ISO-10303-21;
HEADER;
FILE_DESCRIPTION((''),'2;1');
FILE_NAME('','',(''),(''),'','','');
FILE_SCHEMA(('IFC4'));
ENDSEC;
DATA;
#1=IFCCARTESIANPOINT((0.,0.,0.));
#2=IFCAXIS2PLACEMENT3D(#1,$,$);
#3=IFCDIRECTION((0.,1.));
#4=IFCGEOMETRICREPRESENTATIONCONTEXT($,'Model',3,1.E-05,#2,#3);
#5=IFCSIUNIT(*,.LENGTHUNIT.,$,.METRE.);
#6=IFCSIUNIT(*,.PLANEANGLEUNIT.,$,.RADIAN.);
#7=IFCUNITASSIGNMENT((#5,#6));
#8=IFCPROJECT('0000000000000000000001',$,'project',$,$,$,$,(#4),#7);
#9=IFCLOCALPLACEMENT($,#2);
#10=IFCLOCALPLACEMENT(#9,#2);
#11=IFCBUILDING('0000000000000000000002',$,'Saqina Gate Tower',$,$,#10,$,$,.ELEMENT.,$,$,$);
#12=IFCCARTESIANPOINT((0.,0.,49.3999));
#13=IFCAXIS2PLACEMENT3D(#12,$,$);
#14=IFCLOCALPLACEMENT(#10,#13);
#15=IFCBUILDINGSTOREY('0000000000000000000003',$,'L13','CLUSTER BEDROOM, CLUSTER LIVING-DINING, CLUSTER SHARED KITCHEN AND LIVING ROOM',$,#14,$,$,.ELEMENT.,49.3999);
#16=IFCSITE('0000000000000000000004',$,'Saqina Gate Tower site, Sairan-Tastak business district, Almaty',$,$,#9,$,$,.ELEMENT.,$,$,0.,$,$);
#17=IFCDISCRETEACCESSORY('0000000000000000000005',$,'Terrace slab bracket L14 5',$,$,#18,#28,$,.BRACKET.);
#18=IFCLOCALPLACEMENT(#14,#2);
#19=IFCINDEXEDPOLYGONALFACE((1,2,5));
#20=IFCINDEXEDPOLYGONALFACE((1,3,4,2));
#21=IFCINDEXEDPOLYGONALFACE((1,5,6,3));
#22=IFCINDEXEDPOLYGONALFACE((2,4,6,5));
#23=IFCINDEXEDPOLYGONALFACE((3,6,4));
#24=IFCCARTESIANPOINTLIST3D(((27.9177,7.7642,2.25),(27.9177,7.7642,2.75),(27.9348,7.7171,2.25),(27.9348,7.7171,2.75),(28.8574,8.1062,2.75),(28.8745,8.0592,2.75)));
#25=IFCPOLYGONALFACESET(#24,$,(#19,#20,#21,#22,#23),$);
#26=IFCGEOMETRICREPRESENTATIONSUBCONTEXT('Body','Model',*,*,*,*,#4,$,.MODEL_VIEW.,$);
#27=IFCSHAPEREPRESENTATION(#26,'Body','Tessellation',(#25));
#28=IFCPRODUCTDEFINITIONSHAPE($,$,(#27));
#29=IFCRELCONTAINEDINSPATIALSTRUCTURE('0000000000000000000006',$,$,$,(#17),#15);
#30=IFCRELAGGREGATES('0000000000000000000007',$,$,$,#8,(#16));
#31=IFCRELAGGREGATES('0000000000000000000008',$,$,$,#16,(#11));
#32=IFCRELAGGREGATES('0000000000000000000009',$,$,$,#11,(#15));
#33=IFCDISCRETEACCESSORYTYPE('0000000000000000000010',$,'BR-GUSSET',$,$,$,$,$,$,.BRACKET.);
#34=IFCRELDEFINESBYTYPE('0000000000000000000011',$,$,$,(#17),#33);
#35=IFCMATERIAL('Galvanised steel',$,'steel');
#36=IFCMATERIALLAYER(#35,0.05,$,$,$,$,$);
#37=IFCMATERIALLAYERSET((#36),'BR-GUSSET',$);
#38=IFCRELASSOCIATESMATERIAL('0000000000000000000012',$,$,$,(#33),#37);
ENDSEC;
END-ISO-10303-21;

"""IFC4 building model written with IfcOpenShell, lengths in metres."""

from ifc_helpers import new_model, si_unit, direction, frame, origin, place, context, subcontext, project, spatial, polyline, outline, extrude, material, layer, layer_set, type_object, element, save


model = new_model("IFC4")

# Units and contexts
model_context = context("Model", 3, precision=1e-05, world=origin(), true_north=direction((0.0, 1.0)))
body_context = subcontext(model_context, "Body", "Model", "MODEL_VIEW")
ifc_project = project(units=[si_unit("LENGTHUNIT", "METRE"), si_unit("PLANEANGLEUNIT", "RADIAN")], contexts=[model_context])

# Site, building, storey
site_placement = place(None, origin())
site = spatial("IfcSite", under=ifc_project, at=site_placement, Name="Saqina Gate Tower site, Sairan-Tastak business district, Almaty", CompositionType="ELEMENT", RefElevation=0.0)
building_placement = place(site_placement, origin())
building = spatial("IfcBuilding", under=site, at=building_placement, Name="Saqina Gate Tower", CompositionType="ELEMENT")
storey_placement = place(building_placement, frame((0.0, 0.0, 49.3999)))
storey = spatial("IfcBuildingStorey", under=building, at=storey_placement, Name="L13", Description="CLUSTER BEDROOM, CLUSTER LIVING-DINING, CLUSTER SHARED KITCHEN AND LIVING ROOM", CompositionType="ELEMENT", Elevation=49.3999)

# Discrete accessory
ifc_material_1 = material(Name="Galvanised steel", Category="steel")
ifc_layer_1 = layer(ifc_material_1, 0.05)
ifc_layer_set_1 = layer_set([ifc_layer_1], Name="BR-GUSSET")
discrete_accessory_type = type_object("IfcDiscreteAccessoryType", Name="BR-GUSSET", PredefinedType="BRACKET", material=ifc_layer_set_1)
discrete_accessory_1_placement = place(storey_placement, frame((27.9177, 7.7642, 2.25), z_axis=(-0.342037, 0.939686, 0.0), x_axis=(0.0, 0.0, 1.0)))
element("IfcDiscreteAccessory", 1, at=discrete_accessory_1_placement, inside=storey, type_object=discrete_accessory_type, Name="Terrace slab bracket L14 5", PredefinedType="BRACKET", context=body_context, shape_type="SweptSolid", body=[
    extrude(outline(polyline([(0.0, 0.0), (0.5, 0.0), (0.5, 1.0), (0.0, 0.0)])), origin(), (0.0, 0.0, -1.0), 0.05),
])

save(model, "model.ifc")
